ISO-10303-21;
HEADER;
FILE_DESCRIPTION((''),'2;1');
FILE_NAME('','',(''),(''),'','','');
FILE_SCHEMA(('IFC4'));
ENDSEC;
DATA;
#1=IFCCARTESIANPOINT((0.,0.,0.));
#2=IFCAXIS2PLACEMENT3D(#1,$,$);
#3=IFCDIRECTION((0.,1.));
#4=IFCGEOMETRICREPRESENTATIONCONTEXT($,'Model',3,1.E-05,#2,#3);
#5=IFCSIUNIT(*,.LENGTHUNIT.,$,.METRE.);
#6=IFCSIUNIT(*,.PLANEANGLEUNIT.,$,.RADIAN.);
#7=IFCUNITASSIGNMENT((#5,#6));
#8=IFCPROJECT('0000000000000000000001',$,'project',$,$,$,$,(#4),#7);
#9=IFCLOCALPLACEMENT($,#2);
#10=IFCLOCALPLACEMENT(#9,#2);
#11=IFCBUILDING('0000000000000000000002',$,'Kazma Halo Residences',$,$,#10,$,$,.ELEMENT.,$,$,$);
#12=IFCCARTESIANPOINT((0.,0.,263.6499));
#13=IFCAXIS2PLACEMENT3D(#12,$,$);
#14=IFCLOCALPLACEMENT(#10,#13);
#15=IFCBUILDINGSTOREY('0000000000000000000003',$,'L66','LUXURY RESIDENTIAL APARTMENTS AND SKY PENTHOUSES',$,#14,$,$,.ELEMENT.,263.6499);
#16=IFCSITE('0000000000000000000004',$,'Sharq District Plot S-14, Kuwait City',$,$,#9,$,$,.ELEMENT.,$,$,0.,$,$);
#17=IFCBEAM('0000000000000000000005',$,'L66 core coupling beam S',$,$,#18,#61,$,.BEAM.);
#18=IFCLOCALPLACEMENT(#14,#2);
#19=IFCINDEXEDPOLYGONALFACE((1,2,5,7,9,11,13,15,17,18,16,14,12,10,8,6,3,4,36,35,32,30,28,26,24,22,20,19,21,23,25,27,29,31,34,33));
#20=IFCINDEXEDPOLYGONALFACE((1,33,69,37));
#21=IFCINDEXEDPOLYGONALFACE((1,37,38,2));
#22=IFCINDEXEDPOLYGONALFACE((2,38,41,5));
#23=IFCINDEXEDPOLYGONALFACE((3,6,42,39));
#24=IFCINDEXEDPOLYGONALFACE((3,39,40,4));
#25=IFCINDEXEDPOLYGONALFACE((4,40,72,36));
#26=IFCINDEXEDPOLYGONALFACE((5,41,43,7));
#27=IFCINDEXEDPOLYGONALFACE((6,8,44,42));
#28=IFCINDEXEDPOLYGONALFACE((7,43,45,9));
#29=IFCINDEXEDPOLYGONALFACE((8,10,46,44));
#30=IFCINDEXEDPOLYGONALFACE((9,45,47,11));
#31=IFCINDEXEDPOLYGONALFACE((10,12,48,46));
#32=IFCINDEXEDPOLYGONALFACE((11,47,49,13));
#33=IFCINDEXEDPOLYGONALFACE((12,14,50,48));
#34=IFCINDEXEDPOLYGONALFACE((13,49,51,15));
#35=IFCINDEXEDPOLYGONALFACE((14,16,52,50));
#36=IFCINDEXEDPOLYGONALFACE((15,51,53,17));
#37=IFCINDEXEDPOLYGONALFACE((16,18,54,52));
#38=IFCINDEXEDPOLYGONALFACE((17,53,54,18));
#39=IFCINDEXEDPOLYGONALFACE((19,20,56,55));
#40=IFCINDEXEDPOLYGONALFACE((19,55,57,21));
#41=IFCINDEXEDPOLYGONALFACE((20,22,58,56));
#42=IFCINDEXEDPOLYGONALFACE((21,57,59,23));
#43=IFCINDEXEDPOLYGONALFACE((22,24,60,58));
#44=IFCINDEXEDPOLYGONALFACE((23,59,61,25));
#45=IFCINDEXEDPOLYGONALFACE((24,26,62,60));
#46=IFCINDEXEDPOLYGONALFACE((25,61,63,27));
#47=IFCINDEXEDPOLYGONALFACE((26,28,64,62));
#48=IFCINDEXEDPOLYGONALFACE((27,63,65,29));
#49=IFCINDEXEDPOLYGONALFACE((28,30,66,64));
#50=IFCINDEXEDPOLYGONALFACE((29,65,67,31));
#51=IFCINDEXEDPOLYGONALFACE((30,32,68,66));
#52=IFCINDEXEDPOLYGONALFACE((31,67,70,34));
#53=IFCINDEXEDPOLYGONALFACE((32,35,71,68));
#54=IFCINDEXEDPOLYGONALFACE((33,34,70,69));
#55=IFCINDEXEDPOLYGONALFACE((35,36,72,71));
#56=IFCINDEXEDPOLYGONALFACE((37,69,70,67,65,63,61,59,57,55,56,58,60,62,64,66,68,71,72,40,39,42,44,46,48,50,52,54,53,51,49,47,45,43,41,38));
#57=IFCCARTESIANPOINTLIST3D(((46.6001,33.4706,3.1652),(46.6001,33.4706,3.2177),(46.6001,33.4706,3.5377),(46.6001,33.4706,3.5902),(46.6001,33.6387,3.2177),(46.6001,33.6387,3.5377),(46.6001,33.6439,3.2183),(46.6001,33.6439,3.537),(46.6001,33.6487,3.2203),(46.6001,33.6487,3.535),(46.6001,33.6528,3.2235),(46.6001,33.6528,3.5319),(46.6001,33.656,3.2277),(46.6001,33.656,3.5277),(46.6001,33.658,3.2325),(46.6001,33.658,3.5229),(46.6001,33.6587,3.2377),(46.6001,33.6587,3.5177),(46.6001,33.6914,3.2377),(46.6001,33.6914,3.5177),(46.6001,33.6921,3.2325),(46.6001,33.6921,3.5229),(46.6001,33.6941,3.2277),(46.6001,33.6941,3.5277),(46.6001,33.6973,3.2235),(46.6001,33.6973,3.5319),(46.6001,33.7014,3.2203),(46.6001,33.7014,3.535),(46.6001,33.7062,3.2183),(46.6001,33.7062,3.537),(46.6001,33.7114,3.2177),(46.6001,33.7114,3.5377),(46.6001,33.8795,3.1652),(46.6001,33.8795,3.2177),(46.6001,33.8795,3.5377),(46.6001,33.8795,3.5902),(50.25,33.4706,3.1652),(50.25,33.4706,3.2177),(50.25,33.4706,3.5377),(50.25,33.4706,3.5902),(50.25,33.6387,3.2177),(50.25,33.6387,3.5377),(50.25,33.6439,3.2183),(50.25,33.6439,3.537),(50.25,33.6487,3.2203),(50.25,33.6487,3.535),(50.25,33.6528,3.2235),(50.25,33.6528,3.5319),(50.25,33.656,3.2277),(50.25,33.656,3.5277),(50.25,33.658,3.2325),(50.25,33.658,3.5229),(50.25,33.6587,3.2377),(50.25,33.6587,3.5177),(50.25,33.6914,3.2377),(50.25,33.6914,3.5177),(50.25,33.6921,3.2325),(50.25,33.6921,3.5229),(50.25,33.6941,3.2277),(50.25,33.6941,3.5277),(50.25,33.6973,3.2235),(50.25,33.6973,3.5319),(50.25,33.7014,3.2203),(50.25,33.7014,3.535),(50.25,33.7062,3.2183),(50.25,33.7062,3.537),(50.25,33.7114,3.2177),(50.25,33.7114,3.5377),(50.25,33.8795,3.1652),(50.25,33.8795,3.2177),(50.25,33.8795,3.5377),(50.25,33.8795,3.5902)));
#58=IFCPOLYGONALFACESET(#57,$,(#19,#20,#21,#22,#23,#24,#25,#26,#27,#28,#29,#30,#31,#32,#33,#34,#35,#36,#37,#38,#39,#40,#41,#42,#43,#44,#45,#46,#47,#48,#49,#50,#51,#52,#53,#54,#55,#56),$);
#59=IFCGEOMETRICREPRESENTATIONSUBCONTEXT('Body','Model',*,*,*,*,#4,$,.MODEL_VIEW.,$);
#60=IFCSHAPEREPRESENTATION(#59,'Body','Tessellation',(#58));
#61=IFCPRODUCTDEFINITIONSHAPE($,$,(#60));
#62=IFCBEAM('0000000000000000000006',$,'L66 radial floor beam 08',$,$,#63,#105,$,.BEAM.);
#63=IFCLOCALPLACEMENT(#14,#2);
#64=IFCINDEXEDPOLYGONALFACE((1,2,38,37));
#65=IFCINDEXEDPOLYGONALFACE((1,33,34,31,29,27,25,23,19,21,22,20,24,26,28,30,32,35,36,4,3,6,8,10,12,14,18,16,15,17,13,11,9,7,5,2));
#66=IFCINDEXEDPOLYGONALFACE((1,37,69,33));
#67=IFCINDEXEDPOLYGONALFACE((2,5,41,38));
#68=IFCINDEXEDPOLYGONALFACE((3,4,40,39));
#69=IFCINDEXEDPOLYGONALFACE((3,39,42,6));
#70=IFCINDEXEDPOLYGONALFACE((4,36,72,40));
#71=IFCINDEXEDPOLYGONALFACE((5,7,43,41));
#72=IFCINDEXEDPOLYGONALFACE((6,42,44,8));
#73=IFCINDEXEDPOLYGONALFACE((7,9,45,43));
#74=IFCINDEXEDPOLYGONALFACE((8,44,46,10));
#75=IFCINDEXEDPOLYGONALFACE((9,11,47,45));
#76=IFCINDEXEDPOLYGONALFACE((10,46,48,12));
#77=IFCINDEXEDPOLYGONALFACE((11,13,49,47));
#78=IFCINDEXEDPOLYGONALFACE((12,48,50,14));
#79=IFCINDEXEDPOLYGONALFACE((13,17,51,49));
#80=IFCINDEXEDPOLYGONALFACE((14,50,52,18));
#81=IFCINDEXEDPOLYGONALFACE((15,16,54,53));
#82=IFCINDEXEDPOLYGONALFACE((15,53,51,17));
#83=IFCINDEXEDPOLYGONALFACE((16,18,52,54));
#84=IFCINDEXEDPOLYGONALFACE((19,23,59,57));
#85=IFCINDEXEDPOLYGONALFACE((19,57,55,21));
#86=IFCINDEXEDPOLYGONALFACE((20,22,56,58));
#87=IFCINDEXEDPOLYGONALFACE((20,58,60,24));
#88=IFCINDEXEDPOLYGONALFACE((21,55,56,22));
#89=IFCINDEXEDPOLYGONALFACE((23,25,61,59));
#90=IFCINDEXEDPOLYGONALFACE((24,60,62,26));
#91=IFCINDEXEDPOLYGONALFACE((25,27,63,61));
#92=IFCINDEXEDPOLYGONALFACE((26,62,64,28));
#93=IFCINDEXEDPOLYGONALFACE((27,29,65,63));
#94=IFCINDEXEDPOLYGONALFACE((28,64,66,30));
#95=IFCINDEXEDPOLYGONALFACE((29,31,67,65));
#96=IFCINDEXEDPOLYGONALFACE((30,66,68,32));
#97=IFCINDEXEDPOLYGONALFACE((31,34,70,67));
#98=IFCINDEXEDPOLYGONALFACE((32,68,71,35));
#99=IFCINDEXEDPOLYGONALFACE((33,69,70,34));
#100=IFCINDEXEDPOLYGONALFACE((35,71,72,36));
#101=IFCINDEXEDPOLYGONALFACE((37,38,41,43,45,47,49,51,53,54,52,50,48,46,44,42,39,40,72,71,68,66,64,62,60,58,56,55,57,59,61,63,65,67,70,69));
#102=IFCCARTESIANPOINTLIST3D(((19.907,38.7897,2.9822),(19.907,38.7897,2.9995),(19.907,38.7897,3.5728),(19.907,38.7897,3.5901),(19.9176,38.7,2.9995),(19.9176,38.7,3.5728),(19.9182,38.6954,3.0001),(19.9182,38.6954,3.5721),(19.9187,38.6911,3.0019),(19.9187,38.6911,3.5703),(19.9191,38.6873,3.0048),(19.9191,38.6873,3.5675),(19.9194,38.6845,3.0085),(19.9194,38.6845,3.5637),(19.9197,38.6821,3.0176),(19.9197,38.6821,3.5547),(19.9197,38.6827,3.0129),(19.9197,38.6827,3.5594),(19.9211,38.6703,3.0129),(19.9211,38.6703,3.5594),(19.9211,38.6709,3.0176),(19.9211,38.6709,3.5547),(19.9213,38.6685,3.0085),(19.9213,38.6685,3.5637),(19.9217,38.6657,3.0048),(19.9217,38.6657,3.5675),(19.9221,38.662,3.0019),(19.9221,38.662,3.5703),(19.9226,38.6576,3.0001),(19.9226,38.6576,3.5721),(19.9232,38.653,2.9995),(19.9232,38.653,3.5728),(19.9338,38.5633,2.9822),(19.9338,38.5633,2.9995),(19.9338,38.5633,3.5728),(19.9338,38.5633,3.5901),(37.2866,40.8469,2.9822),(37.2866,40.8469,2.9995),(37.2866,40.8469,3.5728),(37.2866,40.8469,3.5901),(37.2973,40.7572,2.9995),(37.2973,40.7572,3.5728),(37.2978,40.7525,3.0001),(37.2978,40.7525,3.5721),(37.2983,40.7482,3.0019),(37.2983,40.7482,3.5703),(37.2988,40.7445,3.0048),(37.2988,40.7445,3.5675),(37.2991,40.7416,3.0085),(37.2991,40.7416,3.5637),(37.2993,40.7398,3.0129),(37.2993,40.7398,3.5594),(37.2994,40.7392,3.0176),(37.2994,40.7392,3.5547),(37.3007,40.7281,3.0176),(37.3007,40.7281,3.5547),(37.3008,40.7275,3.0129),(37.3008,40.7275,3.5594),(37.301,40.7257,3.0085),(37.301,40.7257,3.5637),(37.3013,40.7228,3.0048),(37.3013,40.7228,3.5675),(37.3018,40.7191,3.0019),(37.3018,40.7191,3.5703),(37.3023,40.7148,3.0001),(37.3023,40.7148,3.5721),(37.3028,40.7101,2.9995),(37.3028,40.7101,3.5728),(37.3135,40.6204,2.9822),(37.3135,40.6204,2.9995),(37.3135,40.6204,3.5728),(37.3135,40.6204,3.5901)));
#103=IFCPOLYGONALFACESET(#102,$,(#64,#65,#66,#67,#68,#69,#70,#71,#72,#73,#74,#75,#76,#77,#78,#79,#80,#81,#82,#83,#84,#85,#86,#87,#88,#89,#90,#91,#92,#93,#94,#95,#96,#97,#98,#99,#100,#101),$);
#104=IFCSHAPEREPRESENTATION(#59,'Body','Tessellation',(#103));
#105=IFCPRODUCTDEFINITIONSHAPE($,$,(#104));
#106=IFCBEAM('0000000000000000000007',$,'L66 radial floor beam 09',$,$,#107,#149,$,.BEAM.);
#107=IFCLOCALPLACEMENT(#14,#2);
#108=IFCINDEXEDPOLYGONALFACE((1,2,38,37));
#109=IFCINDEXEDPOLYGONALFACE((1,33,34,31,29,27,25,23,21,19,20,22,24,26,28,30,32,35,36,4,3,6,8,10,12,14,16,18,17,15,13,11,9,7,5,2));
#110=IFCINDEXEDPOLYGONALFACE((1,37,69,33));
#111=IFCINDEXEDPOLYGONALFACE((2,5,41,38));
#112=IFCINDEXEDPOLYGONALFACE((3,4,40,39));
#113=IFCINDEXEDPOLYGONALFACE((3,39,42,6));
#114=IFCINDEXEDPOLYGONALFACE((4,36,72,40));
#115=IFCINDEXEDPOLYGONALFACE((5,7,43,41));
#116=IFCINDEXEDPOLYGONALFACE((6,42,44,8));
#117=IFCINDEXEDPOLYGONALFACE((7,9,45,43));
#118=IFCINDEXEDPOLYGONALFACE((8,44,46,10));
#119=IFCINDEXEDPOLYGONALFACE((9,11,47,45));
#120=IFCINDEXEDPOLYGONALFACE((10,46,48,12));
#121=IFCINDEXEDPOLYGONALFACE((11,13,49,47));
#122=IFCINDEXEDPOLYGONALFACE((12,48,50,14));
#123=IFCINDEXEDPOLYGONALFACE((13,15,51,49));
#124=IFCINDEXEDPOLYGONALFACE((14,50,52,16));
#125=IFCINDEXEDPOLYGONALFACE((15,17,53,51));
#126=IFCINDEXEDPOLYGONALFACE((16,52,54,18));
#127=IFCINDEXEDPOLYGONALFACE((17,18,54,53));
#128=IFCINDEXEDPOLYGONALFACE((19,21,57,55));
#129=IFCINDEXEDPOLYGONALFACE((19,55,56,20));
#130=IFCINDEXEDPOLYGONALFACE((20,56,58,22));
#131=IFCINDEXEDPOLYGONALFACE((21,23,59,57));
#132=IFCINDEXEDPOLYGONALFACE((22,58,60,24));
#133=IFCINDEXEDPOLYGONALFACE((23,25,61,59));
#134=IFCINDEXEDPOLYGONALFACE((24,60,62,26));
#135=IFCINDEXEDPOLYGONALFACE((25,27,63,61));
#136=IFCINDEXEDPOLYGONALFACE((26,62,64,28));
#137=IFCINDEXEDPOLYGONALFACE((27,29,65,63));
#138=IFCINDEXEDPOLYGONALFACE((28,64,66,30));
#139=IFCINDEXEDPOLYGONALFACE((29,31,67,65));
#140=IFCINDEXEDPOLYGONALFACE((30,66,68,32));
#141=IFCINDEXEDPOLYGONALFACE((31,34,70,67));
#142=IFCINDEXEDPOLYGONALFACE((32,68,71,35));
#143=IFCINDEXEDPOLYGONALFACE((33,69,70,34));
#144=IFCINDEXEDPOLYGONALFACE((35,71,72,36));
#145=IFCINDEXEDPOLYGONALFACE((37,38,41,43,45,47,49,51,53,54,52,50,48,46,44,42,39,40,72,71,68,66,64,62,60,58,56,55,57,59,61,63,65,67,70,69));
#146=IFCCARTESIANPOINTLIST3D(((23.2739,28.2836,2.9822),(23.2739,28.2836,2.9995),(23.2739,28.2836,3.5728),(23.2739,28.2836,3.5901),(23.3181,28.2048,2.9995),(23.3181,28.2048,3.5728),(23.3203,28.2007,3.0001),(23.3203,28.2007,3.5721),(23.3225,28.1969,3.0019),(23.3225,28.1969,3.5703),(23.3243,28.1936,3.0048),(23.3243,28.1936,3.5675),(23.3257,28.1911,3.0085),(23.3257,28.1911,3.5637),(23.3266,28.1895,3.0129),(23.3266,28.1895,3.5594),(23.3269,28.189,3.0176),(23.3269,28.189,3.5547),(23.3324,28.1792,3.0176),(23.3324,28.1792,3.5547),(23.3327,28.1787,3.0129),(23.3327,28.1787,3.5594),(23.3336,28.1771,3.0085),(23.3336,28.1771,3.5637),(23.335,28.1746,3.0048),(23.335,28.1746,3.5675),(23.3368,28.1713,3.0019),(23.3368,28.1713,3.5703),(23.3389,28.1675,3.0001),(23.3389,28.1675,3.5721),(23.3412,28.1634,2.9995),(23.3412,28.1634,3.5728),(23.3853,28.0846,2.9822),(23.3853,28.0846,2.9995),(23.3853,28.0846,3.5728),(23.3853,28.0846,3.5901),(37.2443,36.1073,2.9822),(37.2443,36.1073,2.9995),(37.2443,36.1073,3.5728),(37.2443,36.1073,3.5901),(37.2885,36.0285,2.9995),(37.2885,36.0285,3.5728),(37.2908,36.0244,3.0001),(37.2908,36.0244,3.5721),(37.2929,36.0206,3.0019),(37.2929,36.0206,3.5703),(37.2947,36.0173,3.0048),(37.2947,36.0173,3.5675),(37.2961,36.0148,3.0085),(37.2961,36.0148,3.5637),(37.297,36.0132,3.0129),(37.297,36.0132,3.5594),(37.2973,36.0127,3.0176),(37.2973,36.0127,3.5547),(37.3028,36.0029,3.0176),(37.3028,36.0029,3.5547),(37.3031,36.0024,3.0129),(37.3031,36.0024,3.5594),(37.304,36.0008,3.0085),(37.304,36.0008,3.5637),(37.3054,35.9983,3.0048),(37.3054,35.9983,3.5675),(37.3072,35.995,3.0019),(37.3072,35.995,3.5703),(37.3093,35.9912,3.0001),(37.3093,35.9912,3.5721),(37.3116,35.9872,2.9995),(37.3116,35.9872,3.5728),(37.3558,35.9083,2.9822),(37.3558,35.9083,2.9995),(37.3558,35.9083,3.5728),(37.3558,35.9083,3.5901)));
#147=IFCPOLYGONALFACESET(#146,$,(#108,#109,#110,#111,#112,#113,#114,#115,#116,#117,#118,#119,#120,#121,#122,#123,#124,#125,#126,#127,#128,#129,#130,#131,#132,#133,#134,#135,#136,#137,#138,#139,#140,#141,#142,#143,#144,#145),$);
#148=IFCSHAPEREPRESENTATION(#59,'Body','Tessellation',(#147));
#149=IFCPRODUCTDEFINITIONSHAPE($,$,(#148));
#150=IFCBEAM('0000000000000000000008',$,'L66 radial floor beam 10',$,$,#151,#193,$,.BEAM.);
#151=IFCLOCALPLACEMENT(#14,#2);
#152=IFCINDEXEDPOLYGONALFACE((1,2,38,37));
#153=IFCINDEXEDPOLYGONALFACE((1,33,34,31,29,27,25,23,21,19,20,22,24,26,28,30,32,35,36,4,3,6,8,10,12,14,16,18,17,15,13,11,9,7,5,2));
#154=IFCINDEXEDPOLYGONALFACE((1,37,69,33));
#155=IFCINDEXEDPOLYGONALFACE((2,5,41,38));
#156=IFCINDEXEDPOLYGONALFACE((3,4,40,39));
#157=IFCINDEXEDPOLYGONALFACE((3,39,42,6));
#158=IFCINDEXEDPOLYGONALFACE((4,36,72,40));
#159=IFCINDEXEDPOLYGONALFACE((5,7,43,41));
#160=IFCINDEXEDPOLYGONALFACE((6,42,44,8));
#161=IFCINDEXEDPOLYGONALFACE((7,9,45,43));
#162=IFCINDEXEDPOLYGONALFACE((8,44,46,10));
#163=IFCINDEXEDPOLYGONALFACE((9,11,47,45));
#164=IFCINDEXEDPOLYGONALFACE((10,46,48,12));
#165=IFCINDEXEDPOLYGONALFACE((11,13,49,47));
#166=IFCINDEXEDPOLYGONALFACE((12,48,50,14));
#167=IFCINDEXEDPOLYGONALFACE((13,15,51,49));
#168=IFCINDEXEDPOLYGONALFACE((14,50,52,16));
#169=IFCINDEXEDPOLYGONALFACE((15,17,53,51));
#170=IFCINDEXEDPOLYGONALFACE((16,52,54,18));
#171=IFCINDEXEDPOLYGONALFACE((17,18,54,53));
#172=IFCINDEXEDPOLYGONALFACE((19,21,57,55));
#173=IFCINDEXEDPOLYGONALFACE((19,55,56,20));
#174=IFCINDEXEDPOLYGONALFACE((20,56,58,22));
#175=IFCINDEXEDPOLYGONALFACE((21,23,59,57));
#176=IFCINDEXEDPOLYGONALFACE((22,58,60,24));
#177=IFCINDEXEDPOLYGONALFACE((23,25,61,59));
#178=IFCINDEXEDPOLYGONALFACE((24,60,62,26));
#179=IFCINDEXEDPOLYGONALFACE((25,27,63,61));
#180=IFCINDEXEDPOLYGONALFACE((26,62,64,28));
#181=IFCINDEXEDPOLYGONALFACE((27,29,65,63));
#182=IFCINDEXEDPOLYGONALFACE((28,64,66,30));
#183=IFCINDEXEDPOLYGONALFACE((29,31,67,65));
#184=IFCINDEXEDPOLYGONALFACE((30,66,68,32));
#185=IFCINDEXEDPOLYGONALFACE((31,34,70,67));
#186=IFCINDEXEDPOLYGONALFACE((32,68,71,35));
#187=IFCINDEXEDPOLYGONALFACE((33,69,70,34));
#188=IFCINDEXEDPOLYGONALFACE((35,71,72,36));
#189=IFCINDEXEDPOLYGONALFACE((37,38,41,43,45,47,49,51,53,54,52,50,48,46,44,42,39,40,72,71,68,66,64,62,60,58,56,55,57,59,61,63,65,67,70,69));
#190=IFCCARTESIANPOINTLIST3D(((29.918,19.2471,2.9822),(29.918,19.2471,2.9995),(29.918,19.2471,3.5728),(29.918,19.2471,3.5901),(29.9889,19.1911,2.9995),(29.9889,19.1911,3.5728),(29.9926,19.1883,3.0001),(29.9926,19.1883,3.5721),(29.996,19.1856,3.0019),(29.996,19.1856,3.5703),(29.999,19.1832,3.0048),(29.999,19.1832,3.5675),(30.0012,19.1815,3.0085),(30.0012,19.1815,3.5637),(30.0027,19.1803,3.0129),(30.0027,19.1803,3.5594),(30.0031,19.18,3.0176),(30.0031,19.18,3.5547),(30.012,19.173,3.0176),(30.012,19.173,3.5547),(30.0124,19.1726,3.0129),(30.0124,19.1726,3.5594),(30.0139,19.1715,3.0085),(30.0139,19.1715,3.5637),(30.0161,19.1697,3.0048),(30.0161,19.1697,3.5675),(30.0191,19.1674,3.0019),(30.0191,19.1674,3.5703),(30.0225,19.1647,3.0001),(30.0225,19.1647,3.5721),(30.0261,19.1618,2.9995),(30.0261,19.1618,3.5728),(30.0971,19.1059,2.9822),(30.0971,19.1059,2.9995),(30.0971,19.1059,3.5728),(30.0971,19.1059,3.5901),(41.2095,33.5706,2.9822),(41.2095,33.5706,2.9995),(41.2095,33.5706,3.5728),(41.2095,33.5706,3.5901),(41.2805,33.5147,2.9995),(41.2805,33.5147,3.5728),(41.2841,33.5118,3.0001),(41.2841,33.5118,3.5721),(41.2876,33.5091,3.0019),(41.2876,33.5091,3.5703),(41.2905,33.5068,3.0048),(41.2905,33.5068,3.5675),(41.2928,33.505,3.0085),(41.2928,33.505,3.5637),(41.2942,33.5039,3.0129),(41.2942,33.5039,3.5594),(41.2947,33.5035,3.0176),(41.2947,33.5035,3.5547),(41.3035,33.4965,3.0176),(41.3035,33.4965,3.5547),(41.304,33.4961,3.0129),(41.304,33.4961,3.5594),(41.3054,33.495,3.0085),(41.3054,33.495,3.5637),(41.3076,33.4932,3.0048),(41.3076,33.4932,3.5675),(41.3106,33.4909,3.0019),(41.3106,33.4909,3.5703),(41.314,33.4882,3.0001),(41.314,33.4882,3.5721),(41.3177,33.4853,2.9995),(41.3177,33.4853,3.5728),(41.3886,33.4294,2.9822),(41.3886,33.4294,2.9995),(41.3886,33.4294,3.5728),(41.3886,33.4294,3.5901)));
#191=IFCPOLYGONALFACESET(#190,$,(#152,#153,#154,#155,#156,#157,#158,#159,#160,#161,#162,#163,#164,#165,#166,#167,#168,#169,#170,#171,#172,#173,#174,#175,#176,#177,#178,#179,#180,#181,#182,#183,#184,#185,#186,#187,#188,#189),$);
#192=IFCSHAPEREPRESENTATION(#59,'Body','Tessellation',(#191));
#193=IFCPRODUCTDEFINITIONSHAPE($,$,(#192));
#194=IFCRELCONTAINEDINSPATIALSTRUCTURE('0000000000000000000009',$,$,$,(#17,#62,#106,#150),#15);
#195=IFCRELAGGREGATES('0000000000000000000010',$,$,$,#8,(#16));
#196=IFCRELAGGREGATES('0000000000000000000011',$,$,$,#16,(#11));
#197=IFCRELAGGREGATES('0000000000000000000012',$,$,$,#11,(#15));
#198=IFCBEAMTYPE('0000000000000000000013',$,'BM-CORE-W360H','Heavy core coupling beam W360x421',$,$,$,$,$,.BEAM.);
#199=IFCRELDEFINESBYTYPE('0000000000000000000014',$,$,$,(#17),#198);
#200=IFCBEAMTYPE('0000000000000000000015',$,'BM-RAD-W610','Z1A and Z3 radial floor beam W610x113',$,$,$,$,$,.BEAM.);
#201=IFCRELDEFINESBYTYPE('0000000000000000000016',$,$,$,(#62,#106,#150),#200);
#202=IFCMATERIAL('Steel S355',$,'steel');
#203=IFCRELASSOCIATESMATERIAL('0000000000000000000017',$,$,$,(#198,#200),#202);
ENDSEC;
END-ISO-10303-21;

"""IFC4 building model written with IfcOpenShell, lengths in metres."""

from ifc_helpers import new_model, si_unit, direction, frame, origin, origin_2d, place, context, subcontext, project, spatial, i_section, extrude, material, material_profile, profile_set, type_object, element, save


model = new_model("IFC4")

# Units and contexts
model_context = context("Model", 3, precision=1e-05, world=origin(), true_north=direction((0.0, 1.0)))
body_context = subcontext(model_context, "Body", "Model", "MODEL_VIEW")
ifc_project = project(units=[si_unit("LENGTHUNIT", "METRE"), si_unit("PLANEANGLEUNIT", "RADIAN")], contexts=[model_context])

# Site, building, storey
site_placement = place(None, origin())
site = spatial("IfcSite", under=ifc_project, at=site_placement, Name="Sharq District Plot S-14, Kuwait City", CompositionType="ELEMENT", RefElevation=0.0)
building_placement = place(site_placement, origin())
building = spatial("IfcBuilding", under=site, at=building_placement, Name="Kazma Halo Residences", CompositionType="ELEMENT")
storey_placement = place(building_placement, frame((0.0, 0.0, 263.6499)))
storey = spatial("IfcBuildingStorey", under=building, at=storey_placement, Name="L66", Description="LUXURY RESIDENTIAL APARTMENTS AND SKY PENTHOUSES", CompositionType="ELEMENT", Elevation=263.6499)

# Beams
ifc_material_1 = material(Name="Steel S355", Category="steel")
ifc_material_profile_1 = material_profile(ifc_material_1, i_section(OverallWidth=0.4089, OverallDepth=0.425, WebThickness=0.0327, FlangeThickness=0.0525, FilletRadius=0.02, at=origin_2d()), Name="W360x421")
ifc_profile_set_1 = profile_set([ifc_material_profile_1], Name="Steel S355")
beam_type_1 = type_object("IfcBeamType", Name="BM-CORE-W360H", Description="Heavy core coupling beam W360x421", PredefinedType="BEAM", material=ifc_profile_set_1)
beam_1_placement = place(storey_placement, frame((46.6001, 33.675, 3.3777), z_axis=(1.0, 0.0, 0.0), x_axis=(0.0, 1.0, 0.0)))
element("IfcBeam", 1, at=beam_1_placement, inside=storey, type_object=beam_type_1, Name="L66 core coupling beam S", PredefinedType="BEAM", context=body_context, shape_type="SweptSolid", body=[
    extrude(i_section(OverallWidth=0.4089, OverallDepth=0.425, WebThickness=0.0327, FlangeThickness=0.0525, FilletRadius=0.02, at=origin_2d()), origin(), (0.0, 0.0, 1.0), 3.6499),
])
ifc_material_profile_2 = material_profile(ifc_material_1, i_section(OverallWidth=0.228, OverallDepth=0.6079, WebThickness=0.0112, FlangeThickness=0.0173, FilletRadius=0.0181, at=origin_2d()), Name="W610x113")
ifc_profile_set_2 = profile_set([ifc_material_profile_2], Name="Steel S355")
beam_type_2 = type_object("IfcBeamType", Name="BM-RAD-W610", Description="Z1A and Z3 radial floor beam W610x113", PredefinedType="BEAM", material=ifc_profile_set_2)
beam_2_placement = place(storey_placement, frame((37.3, 40.7336, 3.2861), z_axis=(-0.993068, -0.117544, 0.0), x_axis=(0.117544, -0.993068, 0.0)))
element("IfcBeam", 2, at=beam_2_placement, inside=storey, type_object=beam_type_2, Name="L66 radial floor beam 08", PredefinedType="BEAM", context=body_context, shape_type="SweptSolid", body=[
    extrude(i_section(OverallWidth=0.228, OverallDepth=0.6079, WebThickness=0.0112, FlangeThickness=0.0173, FilletRadius=0.0181, at=origin_2d()), origin(), (0.0, 0.0, 1.0), 17.501),
])
beam_3_placement = place(storey_placement, frame((37.3, 36.0078, 3.2861), z_axis=(-0.872499, -0.488616, 0.0), x_axis=(0.488616, -0.872499, 0.0)))
element("IfcBeam", 3, at=beam_3_placement, inside=storey, type_object=beam_type_2, Name="L66 radial floor beam 09", PredefinedType="BEAM", context=body_context, shape_type="SweptSolid", body=[
    extrude(i_section(OverallWidth=0.228, OverallDepth=0.6079, WebThickness=0.0112, FlangeThickness=0.0173, FilletRadius=0.0181, at=origin_2d()), origin(), (0.0, 0.0, 1.0), 16.012),
])
beam_4_placement = place(storey_placement, frame((41.2991, 33.5, 3.2861), z_axis=(-0.619086, -0.785323, 0.0), x_axis=(0.785323, -0.619086, 0.0)))
element("IfcBeam", 4, at=beam_4_placement, inside=storey, type_object=beam_type_2, Name="L66 radial floor beam 10", PredefinedType="BEAM", context=body_context, shape_type="SweptSolid", body=[
    extrude(i_section(OverallWidth=0.228, OverallDepth=0.6079, WebThickness=0.0112, FlangeThickness=0.0173, FilletRadius=0.0181, at=origin_2d()), origin(), (0.0, 0.0, 1.0), 18.239),
])

save(model, "model.ifc")
